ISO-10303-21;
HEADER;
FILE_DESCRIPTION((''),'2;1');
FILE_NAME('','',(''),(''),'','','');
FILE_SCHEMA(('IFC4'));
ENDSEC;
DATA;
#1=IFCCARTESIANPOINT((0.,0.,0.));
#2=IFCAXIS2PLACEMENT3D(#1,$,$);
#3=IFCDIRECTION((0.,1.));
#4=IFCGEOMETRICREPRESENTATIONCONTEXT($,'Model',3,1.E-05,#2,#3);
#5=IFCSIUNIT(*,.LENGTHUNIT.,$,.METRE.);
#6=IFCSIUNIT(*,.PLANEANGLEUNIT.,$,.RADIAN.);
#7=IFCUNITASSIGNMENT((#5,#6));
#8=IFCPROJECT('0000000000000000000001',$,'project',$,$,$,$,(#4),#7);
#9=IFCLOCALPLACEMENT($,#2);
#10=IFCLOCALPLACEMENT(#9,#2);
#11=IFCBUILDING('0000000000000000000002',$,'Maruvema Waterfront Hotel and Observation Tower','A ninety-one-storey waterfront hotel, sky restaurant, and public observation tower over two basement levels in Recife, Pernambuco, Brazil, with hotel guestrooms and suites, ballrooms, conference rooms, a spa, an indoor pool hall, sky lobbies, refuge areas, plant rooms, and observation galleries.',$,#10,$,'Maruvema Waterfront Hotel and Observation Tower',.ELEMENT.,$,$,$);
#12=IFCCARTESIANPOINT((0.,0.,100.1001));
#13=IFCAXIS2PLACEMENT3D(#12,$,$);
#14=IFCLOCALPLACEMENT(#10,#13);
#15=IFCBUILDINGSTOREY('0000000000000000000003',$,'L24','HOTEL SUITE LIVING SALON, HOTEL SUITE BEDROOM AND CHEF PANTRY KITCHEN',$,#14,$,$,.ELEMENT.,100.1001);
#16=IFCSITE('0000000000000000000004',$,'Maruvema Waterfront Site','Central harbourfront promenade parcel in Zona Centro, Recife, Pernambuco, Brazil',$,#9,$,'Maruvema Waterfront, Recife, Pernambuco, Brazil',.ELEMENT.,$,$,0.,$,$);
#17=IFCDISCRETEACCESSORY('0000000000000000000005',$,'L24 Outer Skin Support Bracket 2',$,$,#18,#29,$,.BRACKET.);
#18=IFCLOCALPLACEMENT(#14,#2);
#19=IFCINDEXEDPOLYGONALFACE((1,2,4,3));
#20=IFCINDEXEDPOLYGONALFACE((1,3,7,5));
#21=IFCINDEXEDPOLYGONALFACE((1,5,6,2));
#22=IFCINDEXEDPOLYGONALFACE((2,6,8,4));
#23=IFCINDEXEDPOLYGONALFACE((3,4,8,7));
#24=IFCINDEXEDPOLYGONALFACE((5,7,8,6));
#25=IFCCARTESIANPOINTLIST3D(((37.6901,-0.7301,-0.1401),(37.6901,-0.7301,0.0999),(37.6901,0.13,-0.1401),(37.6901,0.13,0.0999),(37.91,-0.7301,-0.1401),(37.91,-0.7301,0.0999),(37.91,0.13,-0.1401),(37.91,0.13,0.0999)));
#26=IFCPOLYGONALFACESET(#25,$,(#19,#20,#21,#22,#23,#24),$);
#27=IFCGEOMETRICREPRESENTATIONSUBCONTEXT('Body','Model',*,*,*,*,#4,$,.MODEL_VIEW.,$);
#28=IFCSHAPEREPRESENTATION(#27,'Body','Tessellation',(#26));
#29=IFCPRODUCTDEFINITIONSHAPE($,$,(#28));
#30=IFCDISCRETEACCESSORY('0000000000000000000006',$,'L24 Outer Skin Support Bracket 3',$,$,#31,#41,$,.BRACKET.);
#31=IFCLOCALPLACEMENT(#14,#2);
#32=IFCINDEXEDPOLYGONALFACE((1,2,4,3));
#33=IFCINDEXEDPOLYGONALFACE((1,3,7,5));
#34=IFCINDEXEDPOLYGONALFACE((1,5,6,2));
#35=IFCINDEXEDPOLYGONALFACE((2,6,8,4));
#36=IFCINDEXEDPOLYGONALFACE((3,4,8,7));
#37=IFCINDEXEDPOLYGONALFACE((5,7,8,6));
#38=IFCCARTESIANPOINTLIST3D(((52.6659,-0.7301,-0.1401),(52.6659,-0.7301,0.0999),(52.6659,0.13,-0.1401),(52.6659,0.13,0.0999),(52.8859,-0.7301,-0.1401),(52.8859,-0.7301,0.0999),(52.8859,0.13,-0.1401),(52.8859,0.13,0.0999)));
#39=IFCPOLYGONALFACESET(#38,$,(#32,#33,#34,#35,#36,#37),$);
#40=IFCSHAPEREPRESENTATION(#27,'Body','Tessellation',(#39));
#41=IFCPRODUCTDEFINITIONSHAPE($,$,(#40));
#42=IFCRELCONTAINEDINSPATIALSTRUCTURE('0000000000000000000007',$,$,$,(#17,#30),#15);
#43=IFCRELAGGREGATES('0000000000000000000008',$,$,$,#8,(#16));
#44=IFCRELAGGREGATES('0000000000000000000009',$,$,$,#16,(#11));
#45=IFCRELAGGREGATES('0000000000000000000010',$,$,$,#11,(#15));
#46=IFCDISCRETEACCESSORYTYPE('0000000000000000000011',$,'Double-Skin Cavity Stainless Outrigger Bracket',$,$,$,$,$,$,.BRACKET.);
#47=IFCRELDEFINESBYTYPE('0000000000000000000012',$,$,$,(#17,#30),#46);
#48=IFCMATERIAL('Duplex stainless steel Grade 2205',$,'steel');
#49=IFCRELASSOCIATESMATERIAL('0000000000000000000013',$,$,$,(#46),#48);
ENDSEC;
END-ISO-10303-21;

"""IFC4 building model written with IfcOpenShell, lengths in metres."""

from ifc_helpers import new_model, si_unit, direction, frame, origin, origin_2d, place, context, subcontext, project, spatial, rectangle, extrude, material, type_object, element, save


model = new_model("IFC4")

# Units and contexts
model_context = context("Model", 3, precision=1e-05, world=origin(), true_north=direction((0.0, 1.0)))
body_context = subcontext(model_context, "Body", "Model", "MODEL_VIEW")
ifc_project = project(units=[si_unit("LENGTHUNIT", "METRE"), si_unit("PLANEANGLEUNIT", "RADIAN")], contexts=[model_context])

# Site, building, storey
site_placement = place(None, origin())
site = spatial("IfcSite", under=ifc_project, at=site_placement, Name="Maruvema Waterfront Site", Description="Central harbourfront promenade parcel in Zona Centro, Recife, Pernambuco, Brazil", LongName="Maruvema Waterfront, Recife, Pernambuco, Brazil", CompositionType="ELEMENT", RefElevation=0.0)
building_placement = place(site_placement, origin())
building = spatial("IfcBuilding", under=site, at=building_placement, Name="Maruvema Waterfront Hotel and Observation Tower", Description="A ninety-one-storey waterfront hotel, sky restaurant, and public observation tower over two basement levels in Recife, Pernambuco, Brazil, with hotel guestrooms and suites, ballrooms, conference rooms, a spa, an indoor pool hall, sky lobbies, refuge areas, plant rooms, and observation galleries.", LongName="Maruvema Waterfront Hotel and Observation Tower", CompositionType="ELEMENT")
storey_placement = place(building_placement, frame((0.0, 0.0, 100.1001)))
storey = spatial("IfcBuildingStorey", under=building, at=storey_placement, Name="L24", Description="HOTEL SUITE LIVING SALON, HOTEL SUITE BEDROOM AND CHEF PANTRY KITCHEN", CompositionType="ELEMENT", Elevation=100.1001)

# Discrete accessories
ifc_material_1 = material(Name="Duplex stainless steel Grade 2205", Category="steel")
discrete_accessory_type = type_object("IfcDiscreteAccessoryType", Name="Double-Skin Cavity Stainless Outrigger Bracket", PredefinedType="BRACKET", material=ifc_material_1)
for number, where, z_axis, x_axis, name in (
    (1, (37.8, -0.3, -0.1401), (0.0, 0.0, 1.0), (1.0, 0.0, 0.0), "L24 Outer Skin Support Bracket 2"),
    (2, (52.7759, -0.3, -0.1401), (0.0, 0.0, 1.0), (1.0, 0.0, 0.0), "L24 Outer Skin Support Bracket 3"),
):
    element("IfcDiscreteAccessory", number, at=place(storey_placement, frame(where, z_axis=z_axis, x_axis=x_axis)), inside=storey, type_object=discrete_accessory_type, Name=name, PredefinedType="BRACKET", context=body_context, shape_type="SweptSolid", body=[
        extrude(rectangle(XDim=0.22, YDim=0.8601, at=origin_2d()), origin(), (0.0, 0.0, 1.0), 0.24),
    ])

save(model, "model.ifc")
